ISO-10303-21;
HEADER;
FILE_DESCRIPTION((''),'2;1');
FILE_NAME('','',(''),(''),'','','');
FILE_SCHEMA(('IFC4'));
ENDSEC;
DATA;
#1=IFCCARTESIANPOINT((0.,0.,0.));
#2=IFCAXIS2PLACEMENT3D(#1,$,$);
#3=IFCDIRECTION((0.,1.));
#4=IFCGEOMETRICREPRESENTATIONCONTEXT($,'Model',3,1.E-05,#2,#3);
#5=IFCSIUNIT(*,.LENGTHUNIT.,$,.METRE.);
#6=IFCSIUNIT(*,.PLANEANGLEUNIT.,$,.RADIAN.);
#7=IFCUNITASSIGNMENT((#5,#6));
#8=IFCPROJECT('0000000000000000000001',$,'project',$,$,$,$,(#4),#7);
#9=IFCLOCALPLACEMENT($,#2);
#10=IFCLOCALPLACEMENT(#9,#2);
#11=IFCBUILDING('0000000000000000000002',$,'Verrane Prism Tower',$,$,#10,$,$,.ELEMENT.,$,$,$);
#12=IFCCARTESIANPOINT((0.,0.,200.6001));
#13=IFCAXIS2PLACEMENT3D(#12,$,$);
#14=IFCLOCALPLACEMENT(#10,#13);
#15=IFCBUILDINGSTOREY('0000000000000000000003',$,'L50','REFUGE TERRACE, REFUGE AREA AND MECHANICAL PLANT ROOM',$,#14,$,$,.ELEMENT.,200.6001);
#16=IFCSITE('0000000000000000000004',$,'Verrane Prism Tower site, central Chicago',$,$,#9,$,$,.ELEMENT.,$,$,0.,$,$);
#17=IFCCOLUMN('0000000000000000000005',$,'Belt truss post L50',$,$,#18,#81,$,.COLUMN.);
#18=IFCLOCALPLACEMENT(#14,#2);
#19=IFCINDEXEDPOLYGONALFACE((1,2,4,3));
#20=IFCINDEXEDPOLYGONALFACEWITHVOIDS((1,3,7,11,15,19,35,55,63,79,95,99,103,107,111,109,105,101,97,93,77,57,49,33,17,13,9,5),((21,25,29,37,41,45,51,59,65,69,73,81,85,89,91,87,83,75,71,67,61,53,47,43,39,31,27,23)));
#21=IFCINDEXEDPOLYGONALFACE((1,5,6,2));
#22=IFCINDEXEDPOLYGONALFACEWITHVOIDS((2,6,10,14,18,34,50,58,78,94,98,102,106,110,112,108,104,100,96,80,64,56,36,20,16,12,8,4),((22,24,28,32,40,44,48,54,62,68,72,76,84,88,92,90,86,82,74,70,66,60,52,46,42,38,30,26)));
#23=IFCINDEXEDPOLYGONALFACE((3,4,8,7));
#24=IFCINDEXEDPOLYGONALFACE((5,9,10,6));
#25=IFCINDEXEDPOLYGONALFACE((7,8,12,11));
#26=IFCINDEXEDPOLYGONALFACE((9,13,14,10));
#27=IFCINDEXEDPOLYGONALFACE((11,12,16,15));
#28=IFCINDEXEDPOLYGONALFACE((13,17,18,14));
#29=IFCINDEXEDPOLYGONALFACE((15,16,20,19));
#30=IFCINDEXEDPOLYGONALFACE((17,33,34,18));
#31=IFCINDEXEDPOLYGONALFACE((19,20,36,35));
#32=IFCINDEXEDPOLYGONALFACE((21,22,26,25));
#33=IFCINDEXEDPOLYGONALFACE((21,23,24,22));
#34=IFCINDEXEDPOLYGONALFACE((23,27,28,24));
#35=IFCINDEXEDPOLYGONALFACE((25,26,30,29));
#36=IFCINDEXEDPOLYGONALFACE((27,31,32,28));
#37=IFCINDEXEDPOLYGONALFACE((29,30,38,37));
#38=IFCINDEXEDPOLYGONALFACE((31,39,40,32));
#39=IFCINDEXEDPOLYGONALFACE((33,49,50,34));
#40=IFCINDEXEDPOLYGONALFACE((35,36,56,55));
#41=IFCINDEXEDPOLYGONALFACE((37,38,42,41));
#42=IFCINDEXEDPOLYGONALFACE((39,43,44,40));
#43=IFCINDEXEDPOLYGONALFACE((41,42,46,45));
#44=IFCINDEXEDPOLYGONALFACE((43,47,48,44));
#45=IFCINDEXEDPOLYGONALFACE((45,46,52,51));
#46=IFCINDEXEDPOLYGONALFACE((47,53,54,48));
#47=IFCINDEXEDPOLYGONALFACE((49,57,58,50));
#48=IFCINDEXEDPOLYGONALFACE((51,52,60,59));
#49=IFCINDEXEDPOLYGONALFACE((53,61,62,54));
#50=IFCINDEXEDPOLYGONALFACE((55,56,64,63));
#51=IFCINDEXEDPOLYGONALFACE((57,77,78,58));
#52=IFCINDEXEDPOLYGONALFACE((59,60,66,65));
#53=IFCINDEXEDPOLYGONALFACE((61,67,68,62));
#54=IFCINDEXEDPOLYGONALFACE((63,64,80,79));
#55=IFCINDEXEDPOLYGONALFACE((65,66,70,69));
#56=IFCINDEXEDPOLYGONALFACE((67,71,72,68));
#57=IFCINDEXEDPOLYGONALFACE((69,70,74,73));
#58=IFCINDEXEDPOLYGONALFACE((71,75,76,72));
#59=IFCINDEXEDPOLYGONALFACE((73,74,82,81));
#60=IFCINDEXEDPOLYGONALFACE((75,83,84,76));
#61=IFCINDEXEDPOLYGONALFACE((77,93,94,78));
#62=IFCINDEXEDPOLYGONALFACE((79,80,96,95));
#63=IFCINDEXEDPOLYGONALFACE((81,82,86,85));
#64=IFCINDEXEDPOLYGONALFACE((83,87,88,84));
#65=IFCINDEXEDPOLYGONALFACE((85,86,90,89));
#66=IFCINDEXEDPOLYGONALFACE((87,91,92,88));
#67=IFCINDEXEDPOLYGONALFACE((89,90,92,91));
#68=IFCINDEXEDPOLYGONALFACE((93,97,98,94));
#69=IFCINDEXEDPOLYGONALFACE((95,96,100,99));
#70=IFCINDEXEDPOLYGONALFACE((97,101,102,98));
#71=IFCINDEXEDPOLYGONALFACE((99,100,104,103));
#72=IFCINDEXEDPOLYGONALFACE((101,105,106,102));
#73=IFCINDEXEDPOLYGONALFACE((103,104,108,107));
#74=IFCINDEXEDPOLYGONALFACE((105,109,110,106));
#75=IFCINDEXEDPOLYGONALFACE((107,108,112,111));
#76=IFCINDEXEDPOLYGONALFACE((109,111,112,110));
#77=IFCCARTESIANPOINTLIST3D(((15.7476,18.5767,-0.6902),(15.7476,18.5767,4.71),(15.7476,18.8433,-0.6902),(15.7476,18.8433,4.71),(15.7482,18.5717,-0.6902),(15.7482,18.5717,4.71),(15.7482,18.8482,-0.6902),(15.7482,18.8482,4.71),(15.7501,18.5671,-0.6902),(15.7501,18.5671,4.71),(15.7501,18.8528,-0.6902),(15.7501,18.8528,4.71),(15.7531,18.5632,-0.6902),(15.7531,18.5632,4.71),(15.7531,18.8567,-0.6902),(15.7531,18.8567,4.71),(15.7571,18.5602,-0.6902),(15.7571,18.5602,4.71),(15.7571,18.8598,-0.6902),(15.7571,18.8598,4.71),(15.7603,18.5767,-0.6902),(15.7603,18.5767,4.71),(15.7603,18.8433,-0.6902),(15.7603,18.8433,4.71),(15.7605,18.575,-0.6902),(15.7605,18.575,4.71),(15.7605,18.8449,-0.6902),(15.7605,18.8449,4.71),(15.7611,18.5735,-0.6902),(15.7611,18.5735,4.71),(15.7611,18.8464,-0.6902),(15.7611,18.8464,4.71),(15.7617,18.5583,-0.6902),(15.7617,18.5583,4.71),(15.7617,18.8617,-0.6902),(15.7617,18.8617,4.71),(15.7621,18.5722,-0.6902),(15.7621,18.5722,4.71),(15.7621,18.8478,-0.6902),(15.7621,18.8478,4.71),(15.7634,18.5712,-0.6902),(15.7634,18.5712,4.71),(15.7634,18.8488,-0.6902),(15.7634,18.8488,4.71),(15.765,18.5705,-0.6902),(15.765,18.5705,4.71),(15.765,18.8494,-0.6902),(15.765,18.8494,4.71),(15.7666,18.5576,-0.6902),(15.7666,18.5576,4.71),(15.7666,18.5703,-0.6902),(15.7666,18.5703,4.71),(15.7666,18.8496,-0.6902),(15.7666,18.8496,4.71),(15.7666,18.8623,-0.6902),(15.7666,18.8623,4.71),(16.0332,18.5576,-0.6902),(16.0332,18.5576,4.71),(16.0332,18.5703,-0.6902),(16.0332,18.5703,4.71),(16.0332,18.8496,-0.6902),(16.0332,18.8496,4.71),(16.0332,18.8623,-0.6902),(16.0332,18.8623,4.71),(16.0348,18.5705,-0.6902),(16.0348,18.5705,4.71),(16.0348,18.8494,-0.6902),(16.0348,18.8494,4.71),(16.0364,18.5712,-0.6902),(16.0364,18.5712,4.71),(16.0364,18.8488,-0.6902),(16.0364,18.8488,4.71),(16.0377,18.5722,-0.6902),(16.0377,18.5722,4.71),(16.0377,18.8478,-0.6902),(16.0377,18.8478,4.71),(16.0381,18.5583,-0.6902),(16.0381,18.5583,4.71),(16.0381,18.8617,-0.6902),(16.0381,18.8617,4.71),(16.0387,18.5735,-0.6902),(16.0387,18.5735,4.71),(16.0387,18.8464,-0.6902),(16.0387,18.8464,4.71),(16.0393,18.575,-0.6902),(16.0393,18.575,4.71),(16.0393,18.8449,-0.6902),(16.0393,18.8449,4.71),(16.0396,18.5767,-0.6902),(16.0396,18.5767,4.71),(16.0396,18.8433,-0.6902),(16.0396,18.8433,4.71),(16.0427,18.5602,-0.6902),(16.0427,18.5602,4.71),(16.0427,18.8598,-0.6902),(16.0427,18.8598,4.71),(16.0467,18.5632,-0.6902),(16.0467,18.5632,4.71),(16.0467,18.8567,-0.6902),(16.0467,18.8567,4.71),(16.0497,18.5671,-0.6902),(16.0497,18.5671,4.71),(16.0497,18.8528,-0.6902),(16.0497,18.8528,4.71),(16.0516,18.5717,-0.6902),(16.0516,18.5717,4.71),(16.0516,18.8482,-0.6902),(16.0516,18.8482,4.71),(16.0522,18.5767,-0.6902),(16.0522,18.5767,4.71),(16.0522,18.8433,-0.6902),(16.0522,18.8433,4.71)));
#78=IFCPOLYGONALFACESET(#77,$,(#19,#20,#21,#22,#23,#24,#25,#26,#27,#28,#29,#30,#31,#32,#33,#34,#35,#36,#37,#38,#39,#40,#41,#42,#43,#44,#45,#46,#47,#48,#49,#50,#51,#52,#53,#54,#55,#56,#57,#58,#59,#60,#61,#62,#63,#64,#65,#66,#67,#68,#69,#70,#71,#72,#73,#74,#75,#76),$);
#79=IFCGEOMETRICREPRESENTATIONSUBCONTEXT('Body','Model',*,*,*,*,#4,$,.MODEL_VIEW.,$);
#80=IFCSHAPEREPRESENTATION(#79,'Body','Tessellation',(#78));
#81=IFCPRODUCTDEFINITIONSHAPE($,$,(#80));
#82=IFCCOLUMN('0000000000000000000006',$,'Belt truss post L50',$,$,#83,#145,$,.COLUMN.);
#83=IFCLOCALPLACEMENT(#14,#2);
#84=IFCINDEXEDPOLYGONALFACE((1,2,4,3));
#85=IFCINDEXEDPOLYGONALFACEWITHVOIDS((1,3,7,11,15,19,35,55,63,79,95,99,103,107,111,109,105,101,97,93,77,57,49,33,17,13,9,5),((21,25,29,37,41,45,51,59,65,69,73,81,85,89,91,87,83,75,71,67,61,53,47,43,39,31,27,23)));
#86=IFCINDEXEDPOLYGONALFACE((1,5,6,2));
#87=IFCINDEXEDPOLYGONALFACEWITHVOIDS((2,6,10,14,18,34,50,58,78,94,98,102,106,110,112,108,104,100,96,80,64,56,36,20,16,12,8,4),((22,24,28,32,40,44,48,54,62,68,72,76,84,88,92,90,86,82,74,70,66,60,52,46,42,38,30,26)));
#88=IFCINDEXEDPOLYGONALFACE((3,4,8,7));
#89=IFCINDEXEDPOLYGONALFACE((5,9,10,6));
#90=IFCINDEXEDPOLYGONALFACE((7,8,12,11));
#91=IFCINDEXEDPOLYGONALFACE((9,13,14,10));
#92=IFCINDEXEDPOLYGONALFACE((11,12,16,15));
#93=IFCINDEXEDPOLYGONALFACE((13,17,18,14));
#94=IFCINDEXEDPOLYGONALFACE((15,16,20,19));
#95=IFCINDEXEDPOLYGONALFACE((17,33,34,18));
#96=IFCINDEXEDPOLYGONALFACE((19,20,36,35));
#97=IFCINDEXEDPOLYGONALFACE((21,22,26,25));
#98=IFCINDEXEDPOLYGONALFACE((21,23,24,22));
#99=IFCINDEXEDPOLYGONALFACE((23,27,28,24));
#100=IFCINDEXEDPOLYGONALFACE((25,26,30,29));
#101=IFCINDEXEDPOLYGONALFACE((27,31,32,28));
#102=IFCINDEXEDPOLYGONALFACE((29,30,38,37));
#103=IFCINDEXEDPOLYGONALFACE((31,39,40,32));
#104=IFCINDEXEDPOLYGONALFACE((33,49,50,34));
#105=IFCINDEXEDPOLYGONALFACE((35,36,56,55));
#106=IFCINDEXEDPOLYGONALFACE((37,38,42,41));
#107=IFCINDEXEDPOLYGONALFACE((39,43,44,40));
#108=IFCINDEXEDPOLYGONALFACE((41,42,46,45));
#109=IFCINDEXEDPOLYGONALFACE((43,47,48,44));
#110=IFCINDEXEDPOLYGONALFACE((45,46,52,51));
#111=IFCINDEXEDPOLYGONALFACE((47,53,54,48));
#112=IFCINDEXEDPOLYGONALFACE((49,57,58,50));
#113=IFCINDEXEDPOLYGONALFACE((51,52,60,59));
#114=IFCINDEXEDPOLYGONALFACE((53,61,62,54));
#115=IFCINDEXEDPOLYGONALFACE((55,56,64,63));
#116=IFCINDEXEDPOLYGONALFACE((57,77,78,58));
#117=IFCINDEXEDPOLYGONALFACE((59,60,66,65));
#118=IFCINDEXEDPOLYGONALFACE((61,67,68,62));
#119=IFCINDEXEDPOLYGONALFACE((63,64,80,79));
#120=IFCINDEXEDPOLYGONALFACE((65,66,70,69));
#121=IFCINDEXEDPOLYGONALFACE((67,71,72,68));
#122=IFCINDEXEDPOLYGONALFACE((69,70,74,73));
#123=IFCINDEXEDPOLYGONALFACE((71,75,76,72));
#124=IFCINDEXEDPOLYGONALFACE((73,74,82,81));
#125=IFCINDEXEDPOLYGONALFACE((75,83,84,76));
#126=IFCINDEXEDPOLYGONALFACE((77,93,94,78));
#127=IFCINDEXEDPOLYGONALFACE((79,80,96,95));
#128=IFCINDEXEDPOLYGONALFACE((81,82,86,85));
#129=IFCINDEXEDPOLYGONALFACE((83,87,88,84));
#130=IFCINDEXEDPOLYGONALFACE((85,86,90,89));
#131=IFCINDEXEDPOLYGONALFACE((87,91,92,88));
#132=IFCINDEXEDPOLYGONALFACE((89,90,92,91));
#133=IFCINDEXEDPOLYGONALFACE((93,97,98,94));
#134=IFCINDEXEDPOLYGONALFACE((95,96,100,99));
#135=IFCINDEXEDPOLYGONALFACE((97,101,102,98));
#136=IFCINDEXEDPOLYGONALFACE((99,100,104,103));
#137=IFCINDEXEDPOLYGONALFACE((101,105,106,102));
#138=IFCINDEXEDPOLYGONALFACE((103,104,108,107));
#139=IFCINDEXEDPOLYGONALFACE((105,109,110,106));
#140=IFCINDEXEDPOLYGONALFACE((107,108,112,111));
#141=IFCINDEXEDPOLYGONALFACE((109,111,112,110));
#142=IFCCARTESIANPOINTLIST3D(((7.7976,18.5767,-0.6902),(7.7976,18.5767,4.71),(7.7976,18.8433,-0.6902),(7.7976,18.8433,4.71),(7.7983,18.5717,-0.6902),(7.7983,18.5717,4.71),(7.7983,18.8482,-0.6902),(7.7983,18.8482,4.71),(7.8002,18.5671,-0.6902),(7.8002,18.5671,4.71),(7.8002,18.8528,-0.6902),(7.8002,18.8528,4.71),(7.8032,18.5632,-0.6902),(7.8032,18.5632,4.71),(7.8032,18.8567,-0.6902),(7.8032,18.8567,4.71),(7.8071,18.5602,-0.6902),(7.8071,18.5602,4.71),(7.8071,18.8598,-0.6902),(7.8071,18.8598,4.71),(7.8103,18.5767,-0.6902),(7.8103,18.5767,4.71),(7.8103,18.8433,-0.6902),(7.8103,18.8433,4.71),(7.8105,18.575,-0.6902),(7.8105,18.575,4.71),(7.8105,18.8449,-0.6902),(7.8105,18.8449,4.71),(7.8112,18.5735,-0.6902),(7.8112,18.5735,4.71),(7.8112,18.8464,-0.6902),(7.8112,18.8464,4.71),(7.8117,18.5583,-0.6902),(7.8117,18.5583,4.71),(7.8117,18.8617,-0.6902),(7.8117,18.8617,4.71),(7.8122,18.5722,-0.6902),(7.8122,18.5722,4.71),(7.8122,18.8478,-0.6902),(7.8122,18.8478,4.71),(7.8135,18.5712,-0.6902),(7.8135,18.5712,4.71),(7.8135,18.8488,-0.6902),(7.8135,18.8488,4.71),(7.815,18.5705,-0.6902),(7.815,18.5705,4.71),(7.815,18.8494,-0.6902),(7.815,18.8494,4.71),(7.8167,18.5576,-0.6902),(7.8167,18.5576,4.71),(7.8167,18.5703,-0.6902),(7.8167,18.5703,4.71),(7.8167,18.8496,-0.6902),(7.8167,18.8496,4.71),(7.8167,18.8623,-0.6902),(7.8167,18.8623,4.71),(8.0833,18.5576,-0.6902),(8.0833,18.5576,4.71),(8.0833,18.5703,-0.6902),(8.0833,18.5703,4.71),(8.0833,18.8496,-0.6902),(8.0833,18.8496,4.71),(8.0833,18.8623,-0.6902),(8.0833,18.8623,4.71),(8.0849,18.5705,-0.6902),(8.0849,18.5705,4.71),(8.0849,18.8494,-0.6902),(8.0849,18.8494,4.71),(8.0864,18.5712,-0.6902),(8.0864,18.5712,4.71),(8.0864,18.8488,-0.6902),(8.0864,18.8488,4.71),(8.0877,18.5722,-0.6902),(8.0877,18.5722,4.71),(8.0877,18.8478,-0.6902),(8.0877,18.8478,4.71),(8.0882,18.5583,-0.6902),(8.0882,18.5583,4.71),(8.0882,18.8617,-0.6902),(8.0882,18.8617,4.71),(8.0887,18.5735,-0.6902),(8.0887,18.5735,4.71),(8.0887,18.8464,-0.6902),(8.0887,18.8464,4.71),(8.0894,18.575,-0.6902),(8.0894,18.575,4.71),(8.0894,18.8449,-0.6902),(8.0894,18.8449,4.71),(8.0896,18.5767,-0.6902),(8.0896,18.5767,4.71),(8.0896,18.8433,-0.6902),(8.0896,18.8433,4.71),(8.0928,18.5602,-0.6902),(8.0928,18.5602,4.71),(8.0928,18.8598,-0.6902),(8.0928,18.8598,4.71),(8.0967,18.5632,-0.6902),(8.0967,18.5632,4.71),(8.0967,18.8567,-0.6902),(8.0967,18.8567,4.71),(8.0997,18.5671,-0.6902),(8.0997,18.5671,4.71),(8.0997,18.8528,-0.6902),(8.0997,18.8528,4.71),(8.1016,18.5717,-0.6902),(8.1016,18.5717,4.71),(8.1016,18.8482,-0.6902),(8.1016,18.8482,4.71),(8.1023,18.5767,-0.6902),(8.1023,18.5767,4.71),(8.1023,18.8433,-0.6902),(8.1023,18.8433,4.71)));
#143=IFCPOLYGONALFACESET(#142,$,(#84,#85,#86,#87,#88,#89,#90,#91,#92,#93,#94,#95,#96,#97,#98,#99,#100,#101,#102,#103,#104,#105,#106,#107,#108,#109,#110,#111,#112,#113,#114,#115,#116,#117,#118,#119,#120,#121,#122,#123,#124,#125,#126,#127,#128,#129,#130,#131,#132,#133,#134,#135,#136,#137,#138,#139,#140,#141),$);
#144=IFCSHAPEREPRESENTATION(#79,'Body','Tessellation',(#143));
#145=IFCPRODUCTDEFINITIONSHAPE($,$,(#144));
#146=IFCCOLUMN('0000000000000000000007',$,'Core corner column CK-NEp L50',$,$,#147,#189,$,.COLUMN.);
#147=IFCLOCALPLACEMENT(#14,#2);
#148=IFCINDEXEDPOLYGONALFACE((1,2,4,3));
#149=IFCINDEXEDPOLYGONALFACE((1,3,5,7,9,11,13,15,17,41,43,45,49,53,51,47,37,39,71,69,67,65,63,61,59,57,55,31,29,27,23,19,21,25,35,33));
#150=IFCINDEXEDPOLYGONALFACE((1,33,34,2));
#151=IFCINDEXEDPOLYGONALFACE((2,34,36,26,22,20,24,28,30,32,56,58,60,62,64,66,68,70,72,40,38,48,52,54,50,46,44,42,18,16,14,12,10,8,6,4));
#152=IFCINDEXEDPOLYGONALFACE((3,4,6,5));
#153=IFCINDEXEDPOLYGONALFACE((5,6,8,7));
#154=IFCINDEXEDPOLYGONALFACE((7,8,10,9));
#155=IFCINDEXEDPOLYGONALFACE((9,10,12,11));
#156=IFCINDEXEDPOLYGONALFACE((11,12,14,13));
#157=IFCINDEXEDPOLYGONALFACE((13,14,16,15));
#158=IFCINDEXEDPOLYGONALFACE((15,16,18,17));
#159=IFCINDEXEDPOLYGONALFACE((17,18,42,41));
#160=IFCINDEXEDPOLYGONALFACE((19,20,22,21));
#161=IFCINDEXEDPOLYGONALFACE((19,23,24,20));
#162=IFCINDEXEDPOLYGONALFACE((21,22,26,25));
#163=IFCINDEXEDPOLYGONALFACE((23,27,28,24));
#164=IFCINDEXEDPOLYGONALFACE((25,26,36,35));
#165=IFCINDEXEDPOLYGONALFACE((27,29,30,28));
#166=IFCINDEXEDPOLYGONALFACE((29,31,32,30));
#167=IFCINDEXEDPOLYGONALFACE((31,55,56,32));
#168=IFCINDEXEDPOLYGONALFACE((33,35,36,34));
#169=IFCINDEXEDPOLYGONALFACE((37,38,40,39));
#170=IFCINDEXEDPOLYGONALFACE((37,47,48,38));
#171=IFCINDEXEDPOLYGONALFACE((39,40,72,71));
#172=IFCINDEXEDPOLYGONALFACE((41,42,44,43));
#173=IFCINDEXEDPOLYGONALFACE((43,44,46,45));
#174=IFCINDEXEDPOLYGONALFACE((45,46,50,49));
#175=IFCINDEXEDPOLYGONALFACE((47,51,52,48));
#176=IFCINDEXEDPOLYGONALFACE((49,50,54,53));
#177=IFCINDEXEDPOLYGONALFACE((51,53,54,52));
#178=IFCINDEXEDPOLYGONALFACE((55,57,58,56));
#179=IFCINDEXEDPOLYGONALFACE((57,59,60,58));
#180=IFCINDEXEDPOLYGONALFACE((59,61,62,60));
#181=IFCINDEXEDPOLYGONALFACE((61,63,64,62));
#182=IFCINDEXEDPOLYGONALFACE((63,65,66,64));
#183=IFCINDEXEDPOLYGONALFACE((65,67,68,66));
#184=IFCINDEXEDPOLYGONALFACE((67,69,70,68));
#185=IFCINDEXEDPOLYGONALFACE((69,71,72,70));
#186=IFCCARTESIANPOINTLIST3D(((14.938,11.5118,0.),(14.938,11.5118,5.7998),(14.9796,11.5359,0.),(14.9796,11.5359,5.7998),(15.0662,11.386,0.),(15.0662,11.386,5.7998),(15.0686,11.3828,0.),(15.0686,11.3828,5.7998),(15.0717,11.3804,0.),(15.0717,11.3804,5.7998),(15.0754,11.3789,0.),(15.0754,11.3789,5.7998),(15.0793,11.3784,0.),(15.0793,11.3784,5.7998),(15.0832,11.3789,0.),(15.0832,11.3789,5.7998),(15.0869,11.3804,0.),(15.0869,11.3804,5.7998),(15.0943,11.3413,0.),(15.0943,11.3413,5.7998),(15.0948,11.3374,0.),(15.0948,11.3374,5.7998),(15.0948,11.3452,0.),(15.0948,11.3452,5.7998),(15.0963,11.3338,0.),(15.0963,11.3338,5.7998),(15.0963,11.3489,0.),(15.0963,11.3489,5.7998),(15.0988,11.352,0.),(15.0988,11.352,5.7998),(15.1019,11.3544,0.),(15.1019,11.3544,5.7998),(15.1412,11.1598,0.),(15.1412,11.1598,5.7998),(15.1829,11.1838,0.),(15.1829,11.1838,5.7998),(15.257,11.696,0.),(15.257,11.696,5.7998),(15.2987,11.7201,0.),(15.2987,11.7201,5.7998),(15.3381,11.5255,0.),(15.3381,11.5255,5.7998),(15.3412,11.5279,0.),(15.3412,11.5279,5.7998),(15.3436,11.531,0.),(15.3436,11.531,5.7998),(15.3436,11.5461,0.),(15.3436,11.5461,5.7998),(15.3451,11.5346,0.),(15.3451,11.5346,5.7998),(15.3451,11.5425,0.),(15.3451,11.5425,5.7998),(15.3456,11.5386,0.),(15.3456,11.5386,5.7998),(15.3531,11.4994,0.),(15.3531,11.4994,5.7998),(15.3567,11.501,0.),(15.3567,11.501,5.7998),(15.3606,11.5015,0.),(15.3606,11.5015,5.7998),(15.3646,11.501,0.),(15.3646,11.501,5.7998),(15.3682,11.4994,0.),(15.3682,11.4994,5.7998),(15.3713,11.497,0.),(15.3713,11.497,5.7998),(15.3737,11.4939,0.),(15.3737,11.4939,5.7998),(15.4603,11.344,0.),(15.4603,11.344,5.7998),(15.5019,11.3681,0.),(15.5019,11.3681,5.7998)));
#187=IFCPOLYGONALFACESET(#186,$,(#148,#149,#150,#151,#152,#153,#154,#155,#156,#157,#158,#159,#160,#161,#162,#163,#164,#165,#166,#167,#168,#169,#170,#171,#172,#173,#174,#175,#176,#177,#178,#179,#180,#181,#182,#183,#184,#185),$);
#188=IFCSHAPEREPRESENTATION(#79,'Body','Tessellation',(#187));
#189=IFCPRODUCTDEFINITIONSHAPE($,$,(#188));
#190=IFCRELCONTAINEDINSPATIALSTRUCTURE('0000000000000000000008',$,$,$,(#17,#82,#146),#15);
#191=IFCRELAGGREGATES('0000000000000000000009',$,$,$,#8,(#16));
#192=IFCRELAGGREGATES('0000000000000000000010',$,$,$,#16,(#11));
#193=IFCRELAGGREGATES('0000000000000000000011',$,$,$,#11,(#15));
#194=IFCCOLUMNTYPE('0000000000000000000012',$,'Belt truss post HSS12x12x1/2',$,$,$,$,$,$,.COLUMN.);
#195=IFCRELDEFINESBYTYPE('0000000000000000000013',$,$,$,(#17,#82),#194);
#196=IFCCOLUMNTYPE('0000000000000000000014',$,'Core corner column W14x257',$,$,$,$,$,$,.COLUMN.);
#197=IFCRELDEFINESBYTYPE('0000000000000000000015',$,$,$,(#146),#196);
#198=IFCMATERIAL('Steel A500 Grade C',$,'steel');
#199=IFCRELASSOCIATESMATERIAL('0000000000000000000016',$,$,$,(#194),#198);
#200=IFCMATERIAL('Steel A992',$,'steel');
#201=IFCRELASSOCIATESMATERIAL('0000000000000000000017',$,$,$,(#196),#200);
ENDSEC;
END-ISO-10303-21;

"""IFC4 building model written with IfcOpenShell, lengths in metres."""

from ifc_helpers import new_model, si_unit, direction, frame, origin, origin_2d, place, context, subcontext, project, spatial, hollow_rectangle, i_section, extrude, material, material_profile, profile_set, type_object, element, save


model = new_model("IFC4")

# Units and contexts
model_context = context("Model", 3, precision=1e-05, world=origin(), true_north=direction((0.0, 1.0)))
body_context = subcontext(model_context, "Body", "Model", "MODEL_VIEW")
ifc_project = project(units=[si_unit("LENGTHUNIT", "METRE"), si_unit("PLANEANGLEUNIT", "RADIAN")], contexts=[model_context])

# Site, building, storey
site_placement = place(None, origin())
site = spatial("IfcSite", under=ifc_project, at=site_placement, Name="Verrane Prism Tower site, central Chicago", CompositionType="ELEMENT", RefElevation=0.0)
building_placement = place(site_placement, origin())
building = spatial("IfcBuilding", under=site, at=building_placement, Name="Verrane Prism Tower", CompositionType="ELEMENT")
storey_placement = place(building_placement, frame((0.0, 0.0, 200.6001)))
storey = spatial("IfcBuildingStorey", under=building, at=storey_placement, Name="L50", Description="REFUGE TERRACE, REFUGE AREA AND MECHANICAL PLANT ROOM", CompositionType="ELEMENT", Elevation=200.6001)

# Columns
ifc_material_1 = material(Name="Steel A500 Grade C", Category="steel")
ifc_material_profile_1 = material_profile(ifc_material_1, hollow_rectangle(XDim=0.3047, YDim=0.3047, WallThickness=0.0127, InnerFilletRadius=0.0063, OuterFilletRadius=0.019, at=origin_2d()), Name="HSS12x12x1/2")
ifc_profile_set_1 = profile_set([ifc_material_profile_1], Name="Steel A500 Grade C")
column_type_1 = type_object("IfcColumnType", Name="Belt truss post HSS12x12x1/2", PredefinedType="COLUMN", material=ifc_profile_set_1)
for number, where, z_axis, x_axis, name in (
    (1, (15.8999, 18.71, -0.6902), (0.0, 0.0, 1.0), (1.0, 0.0, 0.0), "Belt truss post L50"),
    (2, (7.95, 18.71, -0.6902), (0.0, 0.0, 1.0), (1.0, 0.0, 0.0), "Belt truss post L50"),
):
    element("IfcColumn", number, at=place(storey_placement, frame(where, z_axis=z_axis, x_axis=x_axis)), inside=storey, type_object=column_type_1, Name=name, PredefinedType="COLUMN", context=body_context, shape_type="SweptSolid", body=[
        extrude(hollow_rectangle(XDim=0.3047, YDim=0.3047, WallThickness=0.0127, InnerFilletRadius=0.0063, OuterFilletRadius=0.019, at=origin_2d()), origin(), (0.0, 0.0, 1.0), 5.4001),
    ])
ifc_material_2 = material(Name="Steel A992", Category="steel")
ifc_material_profile_2 = material_profile(ifc_material_2, i_section(OverallWidth=0.4065, OverallDepth=0.4165, WebThickness=0.03, FlangeThickness=0.0481, FilletRadius=0.0151, at=origin_2d()), Name="W14x257")
ifc_profile_set_2 = profile_set([ifc_material_profile_2], Name="Steel A992")
column_type_2 = type_object("IfcColumnType", Name="Core corner column W14x257", PredefinedType="COLUMN", material=ifc_profile_set_2)
column_placement = place(storey_placement, frame((15.22, 11.4399, 0.0), z_axis=(0.0, 0.0, 1.0), x_axis=(0.5, -0.866025, 0.0)))
element("IfcColumn", 3, at=column_placement, inside=storey, type_object=column_type_2, Name="Core corner column CK-NEp L50", PredefinedType="COLUMN", context=body_context, shape_type="SweptSolid", body=[
    extrude(i_section(OverallWidth=0.4065, OverallDepth=0.4165, WebThickness=0.03, FlangeThickness=0.0481, FilletRadius=0.0151, at=origin_2d()), origin(), (0.0, 0.0, 1.0), 5.7998),
])

save(model, "model.ifc")
